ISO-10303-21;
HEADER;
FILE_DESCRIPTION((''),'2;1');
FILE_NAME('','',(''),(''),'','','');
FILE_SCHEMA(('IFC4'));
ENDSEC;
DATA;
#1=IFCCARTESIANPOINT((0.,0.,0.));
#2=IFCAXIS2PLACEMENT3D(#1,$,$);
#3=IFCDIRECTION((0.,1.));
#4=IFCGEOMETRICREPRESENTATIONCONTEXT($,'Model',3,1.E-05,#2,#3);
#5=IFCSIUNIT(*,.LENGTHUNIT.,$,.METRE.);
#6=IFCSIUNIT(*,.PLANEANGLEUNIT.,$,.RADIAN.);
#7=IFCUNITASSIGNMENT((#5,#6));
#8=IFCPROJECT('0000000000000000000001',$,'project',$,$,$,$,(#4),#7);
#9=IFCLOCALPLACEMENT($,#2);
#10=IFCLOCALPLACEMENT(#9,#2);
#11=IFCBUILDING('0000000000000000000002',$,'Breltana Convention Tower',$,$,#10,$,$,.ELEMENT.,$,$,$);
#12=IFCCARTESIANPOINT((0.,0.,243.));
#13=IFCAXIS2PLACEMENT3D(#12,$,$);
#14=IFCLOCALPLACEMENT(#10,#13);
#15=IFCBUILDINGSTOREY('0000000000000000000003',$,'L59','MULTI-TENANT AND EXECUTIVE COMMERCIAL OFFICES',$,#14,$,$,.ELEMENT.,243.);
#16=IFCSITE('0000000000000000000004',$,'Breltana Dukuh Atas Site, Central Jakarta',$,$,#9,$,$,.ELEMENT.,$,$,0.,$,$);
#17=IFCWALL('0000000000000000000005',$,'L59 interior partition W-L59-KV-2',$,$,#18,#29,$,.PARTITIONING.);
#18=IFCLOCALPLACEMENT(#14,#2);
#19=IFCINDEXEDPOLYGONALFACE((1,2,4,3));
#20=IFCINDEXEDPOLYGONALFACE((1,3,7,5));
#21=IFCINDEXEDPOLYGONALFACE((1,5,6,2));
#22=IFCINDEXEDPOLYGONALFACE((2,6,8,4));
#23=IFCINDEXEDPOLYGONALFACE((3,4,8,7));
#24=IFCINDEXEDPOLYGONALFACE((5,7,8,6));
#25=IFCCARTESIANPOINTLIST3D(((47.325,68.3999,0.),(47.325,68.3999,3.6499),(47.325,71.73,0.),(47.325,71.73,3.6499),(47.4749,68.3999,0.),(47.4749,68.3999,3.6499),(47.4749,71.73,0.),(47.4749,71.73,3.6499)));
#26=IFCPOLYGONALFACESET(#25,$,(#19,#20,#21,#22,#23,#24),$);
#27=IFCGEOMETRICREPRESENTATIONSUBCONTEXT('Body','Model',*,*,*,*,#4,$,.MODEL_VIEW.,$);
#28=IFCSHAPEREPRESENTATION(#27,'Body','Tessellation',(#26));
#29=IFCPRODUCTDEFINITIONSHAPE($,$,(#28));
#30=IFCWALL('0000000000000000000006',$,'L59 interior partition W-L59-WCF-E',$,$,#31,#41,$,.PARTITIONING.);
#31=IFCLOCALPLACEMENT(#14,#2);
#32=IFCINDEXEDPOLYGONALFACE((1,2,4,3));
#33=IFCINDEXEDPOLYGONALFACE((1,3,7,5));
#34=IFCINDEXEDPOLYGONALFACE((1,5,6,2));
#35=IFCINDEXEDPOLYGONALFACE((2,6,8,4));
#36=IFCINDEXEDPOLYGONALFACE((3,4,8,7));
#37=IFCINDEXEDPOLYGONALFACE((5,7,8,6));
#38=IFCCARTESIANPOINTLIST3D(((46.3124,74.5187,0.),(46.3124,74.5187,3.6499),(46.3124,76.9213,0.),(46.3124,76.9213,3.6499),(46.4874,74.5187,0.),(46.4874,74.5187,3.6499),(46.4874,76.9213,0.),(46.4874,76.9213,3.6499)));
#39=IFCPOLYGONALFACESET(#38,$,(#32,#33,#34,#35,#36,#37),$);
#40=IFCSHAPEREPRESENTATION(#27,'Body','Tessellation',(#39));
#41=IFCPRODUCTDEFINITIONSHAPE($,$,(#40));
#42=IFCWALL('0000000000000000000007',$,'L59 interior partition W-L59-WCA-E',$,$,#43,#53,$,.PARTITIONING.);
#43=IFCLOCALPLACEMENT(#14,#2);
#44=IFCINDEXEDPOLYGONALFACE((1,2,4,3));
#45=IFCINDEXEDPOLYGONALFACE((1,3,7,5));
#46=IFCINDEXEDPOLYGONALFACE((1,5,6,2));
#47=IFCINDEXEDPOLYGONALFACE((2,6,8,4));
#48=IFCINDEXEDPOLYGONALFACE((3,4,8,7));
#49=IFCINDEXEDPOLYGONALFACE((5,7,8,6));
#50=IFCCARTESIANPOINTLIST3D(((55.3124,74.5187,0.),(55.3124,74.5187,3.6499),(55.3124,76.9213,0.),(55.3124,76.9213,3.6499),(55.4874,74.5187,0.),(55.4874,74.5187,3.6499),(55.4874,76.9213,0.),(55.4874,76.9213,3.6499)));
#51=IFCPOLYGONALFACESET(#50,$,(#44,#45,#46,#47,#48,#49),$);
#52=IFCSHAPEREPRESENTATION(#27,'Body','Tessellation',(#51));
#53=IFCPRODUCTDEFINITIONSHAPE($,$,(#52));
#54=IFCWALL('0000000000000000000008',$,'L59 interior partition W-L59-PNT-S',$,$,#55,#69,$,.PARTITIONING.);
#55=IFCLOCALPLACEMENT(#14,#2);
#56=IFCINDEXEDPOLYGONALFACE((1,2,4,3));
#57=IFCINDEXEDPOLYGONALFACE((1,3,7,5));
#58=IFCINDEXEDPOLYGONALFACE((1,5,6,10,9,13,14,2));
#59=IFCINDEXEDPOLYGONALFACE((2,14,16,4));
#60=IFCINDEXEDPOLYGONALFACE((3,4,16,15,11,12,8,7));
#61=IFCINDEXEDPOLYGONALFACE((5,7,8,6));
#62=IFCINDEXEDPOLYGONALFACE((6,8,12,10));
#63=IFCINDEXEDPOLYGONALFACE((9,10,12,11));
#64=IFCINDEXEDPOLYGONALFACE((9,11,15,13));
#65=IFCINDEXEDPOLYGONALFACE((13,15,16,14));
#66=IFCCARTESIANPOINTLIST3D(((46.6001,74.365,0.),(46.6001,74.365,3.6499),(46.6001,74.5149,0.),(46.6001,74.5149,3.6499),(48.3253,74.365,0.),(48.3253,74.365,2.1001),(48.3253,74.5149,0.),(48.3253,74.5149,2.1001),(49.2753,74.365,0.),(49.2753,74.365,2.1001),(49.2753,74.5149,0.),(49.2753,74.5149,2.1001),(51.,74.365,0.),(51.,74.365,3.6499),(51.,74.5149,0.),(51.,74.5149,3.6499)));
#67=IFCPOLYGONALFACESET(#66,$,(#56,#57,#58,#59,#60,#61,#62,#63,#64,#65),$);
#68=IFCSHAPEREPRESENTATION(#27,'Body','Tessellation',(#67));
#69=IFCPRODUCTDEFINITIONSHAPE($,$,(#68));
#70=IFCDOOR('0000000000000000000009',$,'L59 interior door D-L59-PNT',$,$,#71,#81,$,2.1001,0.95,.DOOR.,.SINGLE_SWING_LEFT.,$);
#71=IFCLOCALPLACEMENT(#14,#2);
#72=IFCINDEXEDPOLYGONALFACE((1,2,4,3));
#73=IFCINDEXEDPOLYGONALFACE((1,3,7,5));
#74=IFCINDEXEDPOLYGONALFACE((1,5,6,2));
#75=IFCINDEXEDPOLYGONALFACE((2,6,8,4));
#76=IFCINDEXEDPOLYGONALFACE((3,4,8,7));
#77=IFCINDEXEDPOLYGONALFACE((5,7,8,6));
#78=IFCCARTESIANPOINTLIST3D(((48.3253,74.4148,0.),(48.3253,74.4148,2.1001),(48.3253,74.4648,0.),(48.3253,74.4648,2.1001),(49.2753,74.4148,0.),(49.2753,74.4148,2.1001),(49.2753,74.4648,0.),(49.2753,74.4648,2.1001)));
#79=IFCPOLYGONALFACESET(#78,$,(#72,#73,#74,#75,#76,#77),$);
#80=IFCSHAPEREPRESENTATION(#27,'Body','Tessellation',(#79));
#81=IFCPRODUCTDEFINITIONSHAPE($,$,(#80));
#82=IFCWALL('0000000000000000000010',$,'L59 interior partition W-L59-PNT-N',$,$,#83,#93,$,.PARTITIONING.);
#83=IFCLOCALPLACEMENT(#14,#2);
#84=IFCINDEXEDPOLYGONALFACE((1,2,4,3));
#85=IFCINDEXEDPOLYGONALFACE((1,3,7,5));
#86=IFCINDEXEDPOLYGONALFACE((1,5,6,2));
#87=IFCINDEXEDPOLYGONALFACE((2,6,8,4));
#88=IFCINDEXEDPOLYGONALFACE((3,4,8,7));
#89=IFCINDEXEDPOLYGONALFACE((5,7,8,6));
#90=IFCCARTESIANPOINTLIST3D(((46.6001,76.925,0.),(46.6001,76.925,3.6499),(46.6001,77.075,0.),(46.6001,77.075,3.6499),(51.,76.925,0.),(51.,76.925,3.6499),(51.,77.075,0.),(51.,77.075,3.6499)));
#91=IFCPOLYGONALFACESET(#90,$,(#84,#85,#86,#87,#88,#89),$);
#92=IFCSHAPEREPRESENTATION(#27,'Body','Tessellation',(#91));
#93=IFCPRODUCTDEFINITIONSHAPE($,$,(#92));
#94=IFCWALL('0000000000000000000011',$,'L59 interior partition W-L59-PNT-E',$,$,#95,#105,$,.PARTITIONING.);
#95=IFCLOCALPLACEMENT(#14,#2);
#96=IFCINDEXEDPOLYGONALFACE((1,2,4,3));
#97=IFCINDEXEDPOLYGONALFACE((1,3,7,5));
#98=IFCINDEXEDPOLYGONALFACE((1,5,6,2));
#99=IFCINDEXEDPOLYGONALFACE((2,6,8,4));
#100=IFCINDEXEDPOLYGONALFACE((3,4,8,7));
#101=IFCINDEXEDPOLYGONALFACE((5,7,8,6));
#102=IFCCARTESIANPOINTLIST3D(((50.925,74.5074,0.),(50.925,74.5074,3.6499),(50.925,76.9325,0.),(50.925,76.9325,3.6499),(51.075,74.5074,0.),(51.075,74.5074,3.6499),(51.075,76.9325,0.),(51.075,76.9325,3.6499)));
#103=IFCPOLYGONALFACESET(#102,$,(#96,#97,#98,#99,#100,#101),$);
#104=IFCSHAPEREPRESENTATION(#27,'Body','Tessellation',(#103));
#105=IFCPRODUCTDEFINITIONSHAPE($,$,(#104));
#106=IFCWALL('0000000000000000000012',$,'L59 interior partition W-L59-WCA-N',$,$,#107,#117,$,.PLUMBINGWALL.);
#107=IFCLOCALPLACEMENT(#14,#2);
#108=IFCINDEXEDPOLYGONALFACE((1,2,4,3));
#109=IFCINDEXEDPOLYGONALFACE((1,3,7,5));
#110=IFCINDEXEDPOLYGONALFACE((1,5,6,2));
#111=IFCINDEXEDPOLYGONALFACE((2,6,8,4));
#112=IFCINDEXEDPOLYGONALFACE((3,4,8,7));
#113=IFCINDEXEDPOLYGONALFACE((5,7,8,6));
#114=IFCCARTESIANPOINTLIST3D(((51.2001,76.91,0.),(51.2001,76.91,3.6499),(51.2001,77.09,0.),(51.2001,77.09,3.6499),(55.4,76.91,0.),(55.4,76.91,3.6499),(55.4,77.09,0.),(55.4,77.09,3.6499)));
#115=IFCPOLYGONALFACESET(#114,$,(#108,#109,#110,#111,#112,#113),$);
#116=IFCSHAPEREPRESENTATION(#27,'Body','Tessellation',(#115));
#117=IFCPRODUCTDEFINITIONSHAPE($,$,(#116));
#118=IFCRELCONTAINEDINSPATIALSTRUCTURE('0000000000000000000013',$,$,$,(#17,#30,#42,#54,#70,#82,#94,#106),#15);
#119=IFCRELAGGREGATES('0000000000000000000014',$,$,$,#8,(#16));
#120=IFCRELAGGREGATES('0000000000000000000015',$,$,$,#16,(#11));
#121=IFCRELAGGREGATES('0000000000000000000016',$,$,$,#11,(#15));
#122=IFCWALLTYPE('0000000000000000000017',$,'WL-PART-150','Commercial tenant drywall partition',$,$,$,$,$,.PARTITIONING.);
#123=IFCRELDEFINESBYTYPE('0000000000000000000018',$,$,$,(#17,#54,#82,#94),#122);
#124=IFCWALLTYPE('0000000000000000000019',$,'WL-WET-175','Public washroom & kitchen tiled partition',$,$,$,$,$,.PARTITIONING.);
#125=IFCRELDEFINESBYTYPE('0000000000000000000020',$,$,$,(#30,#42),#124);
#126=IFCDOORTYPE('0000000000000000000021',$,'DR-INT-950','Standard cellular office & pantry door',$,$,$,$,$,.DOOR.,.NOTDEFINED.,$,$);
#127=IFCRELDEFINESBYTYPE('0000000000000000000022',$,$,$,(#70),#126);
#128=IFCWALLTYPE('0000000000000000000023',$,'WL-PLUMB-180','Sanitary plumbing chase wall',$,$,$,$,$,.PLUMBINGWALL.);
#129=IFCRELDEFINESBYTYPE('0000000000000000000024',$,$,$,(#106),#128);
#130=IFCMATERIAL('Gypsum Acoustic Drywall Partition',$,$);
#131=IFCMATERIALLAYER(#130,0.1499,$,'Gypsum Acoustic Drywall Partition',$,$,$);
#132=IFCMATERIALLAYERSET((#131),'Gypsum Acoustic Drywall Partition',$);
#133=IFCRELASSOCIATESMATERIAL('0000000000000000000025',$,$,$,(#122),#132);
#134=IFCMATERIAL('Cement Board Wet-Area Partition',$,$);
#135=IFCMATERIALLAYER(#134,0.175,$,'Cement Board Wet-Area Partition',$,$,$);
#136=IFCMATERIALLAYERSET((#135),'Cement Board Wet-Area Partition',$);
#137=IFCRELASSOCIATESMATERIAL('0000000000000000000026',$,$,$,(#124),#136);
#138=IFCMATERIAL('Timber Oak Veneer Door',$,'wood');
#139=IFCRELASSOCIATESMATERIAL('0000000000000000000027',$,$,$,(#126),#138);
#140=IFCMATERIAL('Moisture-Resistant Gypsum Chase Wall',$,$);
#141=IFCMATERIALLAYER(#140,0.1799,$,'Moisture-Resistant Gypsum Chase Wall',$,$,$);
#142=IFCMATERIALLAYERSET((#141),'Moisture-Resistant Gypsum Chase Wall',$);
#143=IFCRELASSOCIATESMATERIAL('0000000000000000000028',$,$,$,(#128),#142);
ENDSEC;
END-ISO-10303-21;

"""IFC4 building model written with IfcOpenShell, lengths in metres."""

from ifc_helpers import new_model, si_unit, direction, frame, frame_2d, origin, place, context, subcontext, project, spatial, rectangle, extrude, source, transform, mapped, material, layer, layer_set, type_object, type_shapes, element, fill, save


model = new_model("IFC4")

# Units and contexts
model_context = context("Model", 3, precision=1e-05, world=origin(), true_north=direction((0.0, 1.0)))
body_context = subcontext(model_context, "Body", "Model", "MODEL_VIEW")
ifc_project = project(units=[si_unit("LENGTHUNIT", "METRE"), si_unit("PLANEANGLEUNIT", "RADIAN")], contexts=[model_context])

# Site, building, storey
site_placement = place(None, origin())
site = spatial("IfcSite", under=ifc_project, at=site_placement, Name="Breltana Dukuh Atas Site, Central Jakarta", CompositionType="ELEMENT", RefElevation=0.0)
building_placement = place(site_placement, origin())
building = spatial("IfcBuilding", under=site, at=building_placement, Name="Breltana Convention Tower", CompositionType="ELEMENT")
storey_placement = place(building_placement, frame((0.0, 0.0, 243.0)))
storey = spatial("IfcBuildingStorey", under=building, at=storey_placement, Name="L59", Description="MULTI-TENANT AND EXECUTIVE COMMERCIAL OFFICES", CompositionType="ELEMENT", Elevation=243.0)

# Walls
ifc_material_1 = material(Name="Gypsum Acoustic Drywall Partition")
ifc_layer_1 = layer(ifc_material_1, 0.1499, Name="Gypsum Acoustic Drywall Partition")
ifc_layer_set_1 = layer_set([ifc_layer_1], Name="Gypsum Acoustic Drywall Partition")
wall_type_1 = type_object("IfcWallType", Name="WL-PART-150", Description="Commercial tenant drywall partition", PredefinedType="PARTITIONING", material=ifc_layer_set_1)
shared_shape_1 = source(origin(), body_context, "Body", "SweptSolid", [
    extrude(rectangle(XDim=3.3301, YDim=0.1499, at=frame_2d((1.665, 0.0))), origin(), (0.0, 0.0, 1.0), 3.6499),
])
for number, where, z_axis, x_axis, name in (
    (1, (47.3999, 68.3999, 0.0), (0.0, 0.0, 1.0), (0.0, 1.0, 0.0), "L59 interior partition W-L59-KV-2"),
):
    element("IfcWall", number, at=place(storey_placement, frame(where, z_axis=z_axis, x_axis=x_axis)), inside=storey, type_object=wall_type_1, Name=name, PredefinedType="PARTITIONING", context=body_context, shape_type="MappedRepresentation", body=[
        mapped(shared_shape_1, transform((0.0, 0.0, 0.0), scale=1.0)),
    ])
ifc_material_2 = material(Name="Cement Board Wet-Area Partition")
ifc_layer_2 = layer(ifc_material_2, 0.175, Name="Cement Board Wet-Area Partition")
ifc_layer_set_2 = layer_set([ifc_layer_2], Name="Cement Board Wet-Area Partition")
wall_type_2 = type_object("IfcWallType", Name="WL-WET-175", Description="Public washroom & kitchen tiled partition", PredefinedType="PARTITIONING", material=ifc_layer_set_2)
shared_shape_2 = source(origin(), body_context, "Body", "SweptSolid", [
    extrude(rectangle(XDim=2.4026, YDim=0.175, at=frame_2d((1.2012, 0.0))), origin(), (0.0, 0.0, 1.0), 3.6499),
])
for number, where, z_axis, x_axis, name in (
    (2, (46.3999, 74.5188, 0.0), (0.0, 0.0, 1.0), (0.0, 1.0, 0.0), "L59 interior partition W-L59-WCF-E"),
    (3, (55.3999, 74.5188, 0.0), (0.0, 0.0, 1.0), (0.0, 1.0, 0.0), "L59 interior partition W-L59-WCA-E"),
):
    element("IfcWall", number, at=place(storey_placement, frame(where, z_axis=z_axis, x_axis=x_axis)), inside=storey, type_object=wall_type_2, Name=name, PredefinedType="PARTITIONING", context=body_context, shape_type="MappedRepresentation", body=[
        mapped(shared_shape_2, transform((0.0, 0.0, 0.0), scale=1.0)),
    ])

# Wall, opening, door
shared_shape_3 = source(origin(), body_context, "Body", "SweptSolid", [
    extrude(rectangle(XDim=4.3999, YDim=0.1499, at=frame_2d((2.2, 0.0))), origin(), (0.0, 0.0, 1.0), 3.6499),
])
wall_1_placement = place(storey_placement, frame((46.6001, 74.4399, 0.0), z_axis=(0.0, 0.0, 1.0), x_axis=(1.0, 0.0, 0.0)))
wall_1 = element("IfcWall", 4, at=wall_1_placement, inside=storey, type_object=wall_type_1, Name="L59 interior partition W-L59-PNT-S", PredefinedType="PARTITIONING", context=body_context, shape_type="MappedRepresentation", body=[
    mapped(shared_shape_3, transform((0.0, 0.0, 0.0), scale=1.0)),
])
opening_1_placement = place(wall_1_placement, frame((1.7251, 0.0, 0.0)))
opening_1 = element("IfcOpeningElement", 5, at=opening_1_placement, cuts=wall_1, PredefinedType="OPENING", context=body_context, shape_type="SweptSolid", body=[
    extrude(rectangle(XDim=0.95, YDim=2.1001, at=frame_2d((0.4751, 1.05))), frame((0.0, 0.085, 0.0), z_axis=(0.0, -1.0, 0.0), x_axis=(1.0, 0.0, 0.0)), (0.0, 0.0, 1.0), 0.1699),
])
ifc_material_3 = material(Name="Timber Oak Veneer Door", Category="wood")
door_type_1 = type_object("IfcDoorType", Name="DR-INT-950", Description="Standard cellular office & pantry door", OperationType="NOTDEFINED", PredefinedType="DOOR", material=ifc_material_3)
shared_shape_4 = source(origin(), body_context, "Body", "SweptSolid", [
    extrude(rectangle(XDim=0.95, YDim=2.1001, at=frame_2d((0.4751, 1.05))), frame((0.0, 0.0249, 0.0), z_axis=(0.0, -1.0, 0.0), x_axis=(1.0, 0.0, 0.0)), (0.0, 0.0, 1.0), 0.05),
])
type_shapes(door_type_1, [shared_shape_4])
door_1_placement = place(opening_1_placement, origin())
door_1 = element("IfcDoor", 6, at=door_1_placement, inside=storey, type_object=door_type_1, Name="L59 interior door D-L59-PNT", OperationType="SINGLE_SWING_LEFT", OverallHeight=2.1001, OverallWidth=0.95, PredefinedType="DOOR", context=body_context, shape_type="MappedRepresentation", body=[
    mapped(shared_shape_4, transform((0.0, 0.0, 0.0), scale=1.0)),
])
fill(opening_1, door_1)

# Walls
wall_2_placement = place(storey_placement, frame((46.6001, 77.0, 0.0), z_axis=(0.0, 0.0, 1.0), x_axis=(1.0, 0.0, 0.0)))
element("IfcWall", 7, at=wall_2_placement, inside=storey, type_object=wall_type_1, Name="L59 interior partition W-L59-PNT-N", PredefinedType="PARTITIONING", context=body_context, shape_type="MappedRepresentation", body=[
    mapped(shared_shape_3, transform((0.0, 0.0, 0.0), scale=1.0)),
])
shared_shape_5 = source(origin(), body_context, "Body", "SweptSolid", [
    extrude(rectangle(XDim=2.425, YDim=0.1499, at=frame_2d((1.2124, 0.0))), origin(), (0.0, 0.0, 1.0), 3.6499),
])
wall_3_placement = place(storey_placement, frame((51.0, 74.5076, 0.0), z_axis=(0.0, 0.0, 1.0), x_axis=(0.0, 1.0, 0.0)))
element("IfcWall", 8, at=wall_3_placement, inside=storey, type_object=wall_type_1, Name="L59 interior partition W-L59-PNT-E", PredefinedType="PARTITIONING", context=body_context, shape_type="MappedRepresentation", body=[
    mapped(shared_shape_5, transform((0.0, 0.0, 0.0), scale=1.0)),
])

# Wall
ifc_material_4 = material(Name="Moisture-Resistant Gypsum Chase Wall")
ifc_layer_3 = layer(ifc_material_4, 0.1799, Name="Moisture-Resistant Gypsum Chase Wall")
ifc_layer_set_3 = layer_set([ifc_layer_3], Name="Moisture-Resistant Gypsum Chase Wall")
wall_type_3 = type_object("IfcWallType", Name="WL-PLUMB-180", Description="Sanitary plumbing chase wall", PredefinedType="PLUMBINGWALL", material=ifc_layer_set_3)
shared_shape_6 = source(origin(), body_context, "Body", "SweptSolid", [
    extrude(rectangle(XDim=4.2, YDim=0.1799, at=frame_2d((2.1001, 0.0))), origin(), (0.0, 0.0, 1.0), 3.6499),
])
wall_4_placement = place(storey_placement, frame((51.2, 77.0, 0.0), z_axis=(0.0, 0.0, 1.0), x_axis=(1.0, 0.0, 0.0)))
element("IfcWall", 9, at=wall_4_placement, inside=storey, type_object=wall_type_3, Name="L59 interior partition W-L59-WCA-N", PredefinedType="PLUMBINGWALL", context=body_context, shape_type="MappedRepresentation", body=[
    mapped(shared_shape_6, transform((0.0, 0.0, 0.0), scale=1.0)),
])

save(model, "model.ifc")
